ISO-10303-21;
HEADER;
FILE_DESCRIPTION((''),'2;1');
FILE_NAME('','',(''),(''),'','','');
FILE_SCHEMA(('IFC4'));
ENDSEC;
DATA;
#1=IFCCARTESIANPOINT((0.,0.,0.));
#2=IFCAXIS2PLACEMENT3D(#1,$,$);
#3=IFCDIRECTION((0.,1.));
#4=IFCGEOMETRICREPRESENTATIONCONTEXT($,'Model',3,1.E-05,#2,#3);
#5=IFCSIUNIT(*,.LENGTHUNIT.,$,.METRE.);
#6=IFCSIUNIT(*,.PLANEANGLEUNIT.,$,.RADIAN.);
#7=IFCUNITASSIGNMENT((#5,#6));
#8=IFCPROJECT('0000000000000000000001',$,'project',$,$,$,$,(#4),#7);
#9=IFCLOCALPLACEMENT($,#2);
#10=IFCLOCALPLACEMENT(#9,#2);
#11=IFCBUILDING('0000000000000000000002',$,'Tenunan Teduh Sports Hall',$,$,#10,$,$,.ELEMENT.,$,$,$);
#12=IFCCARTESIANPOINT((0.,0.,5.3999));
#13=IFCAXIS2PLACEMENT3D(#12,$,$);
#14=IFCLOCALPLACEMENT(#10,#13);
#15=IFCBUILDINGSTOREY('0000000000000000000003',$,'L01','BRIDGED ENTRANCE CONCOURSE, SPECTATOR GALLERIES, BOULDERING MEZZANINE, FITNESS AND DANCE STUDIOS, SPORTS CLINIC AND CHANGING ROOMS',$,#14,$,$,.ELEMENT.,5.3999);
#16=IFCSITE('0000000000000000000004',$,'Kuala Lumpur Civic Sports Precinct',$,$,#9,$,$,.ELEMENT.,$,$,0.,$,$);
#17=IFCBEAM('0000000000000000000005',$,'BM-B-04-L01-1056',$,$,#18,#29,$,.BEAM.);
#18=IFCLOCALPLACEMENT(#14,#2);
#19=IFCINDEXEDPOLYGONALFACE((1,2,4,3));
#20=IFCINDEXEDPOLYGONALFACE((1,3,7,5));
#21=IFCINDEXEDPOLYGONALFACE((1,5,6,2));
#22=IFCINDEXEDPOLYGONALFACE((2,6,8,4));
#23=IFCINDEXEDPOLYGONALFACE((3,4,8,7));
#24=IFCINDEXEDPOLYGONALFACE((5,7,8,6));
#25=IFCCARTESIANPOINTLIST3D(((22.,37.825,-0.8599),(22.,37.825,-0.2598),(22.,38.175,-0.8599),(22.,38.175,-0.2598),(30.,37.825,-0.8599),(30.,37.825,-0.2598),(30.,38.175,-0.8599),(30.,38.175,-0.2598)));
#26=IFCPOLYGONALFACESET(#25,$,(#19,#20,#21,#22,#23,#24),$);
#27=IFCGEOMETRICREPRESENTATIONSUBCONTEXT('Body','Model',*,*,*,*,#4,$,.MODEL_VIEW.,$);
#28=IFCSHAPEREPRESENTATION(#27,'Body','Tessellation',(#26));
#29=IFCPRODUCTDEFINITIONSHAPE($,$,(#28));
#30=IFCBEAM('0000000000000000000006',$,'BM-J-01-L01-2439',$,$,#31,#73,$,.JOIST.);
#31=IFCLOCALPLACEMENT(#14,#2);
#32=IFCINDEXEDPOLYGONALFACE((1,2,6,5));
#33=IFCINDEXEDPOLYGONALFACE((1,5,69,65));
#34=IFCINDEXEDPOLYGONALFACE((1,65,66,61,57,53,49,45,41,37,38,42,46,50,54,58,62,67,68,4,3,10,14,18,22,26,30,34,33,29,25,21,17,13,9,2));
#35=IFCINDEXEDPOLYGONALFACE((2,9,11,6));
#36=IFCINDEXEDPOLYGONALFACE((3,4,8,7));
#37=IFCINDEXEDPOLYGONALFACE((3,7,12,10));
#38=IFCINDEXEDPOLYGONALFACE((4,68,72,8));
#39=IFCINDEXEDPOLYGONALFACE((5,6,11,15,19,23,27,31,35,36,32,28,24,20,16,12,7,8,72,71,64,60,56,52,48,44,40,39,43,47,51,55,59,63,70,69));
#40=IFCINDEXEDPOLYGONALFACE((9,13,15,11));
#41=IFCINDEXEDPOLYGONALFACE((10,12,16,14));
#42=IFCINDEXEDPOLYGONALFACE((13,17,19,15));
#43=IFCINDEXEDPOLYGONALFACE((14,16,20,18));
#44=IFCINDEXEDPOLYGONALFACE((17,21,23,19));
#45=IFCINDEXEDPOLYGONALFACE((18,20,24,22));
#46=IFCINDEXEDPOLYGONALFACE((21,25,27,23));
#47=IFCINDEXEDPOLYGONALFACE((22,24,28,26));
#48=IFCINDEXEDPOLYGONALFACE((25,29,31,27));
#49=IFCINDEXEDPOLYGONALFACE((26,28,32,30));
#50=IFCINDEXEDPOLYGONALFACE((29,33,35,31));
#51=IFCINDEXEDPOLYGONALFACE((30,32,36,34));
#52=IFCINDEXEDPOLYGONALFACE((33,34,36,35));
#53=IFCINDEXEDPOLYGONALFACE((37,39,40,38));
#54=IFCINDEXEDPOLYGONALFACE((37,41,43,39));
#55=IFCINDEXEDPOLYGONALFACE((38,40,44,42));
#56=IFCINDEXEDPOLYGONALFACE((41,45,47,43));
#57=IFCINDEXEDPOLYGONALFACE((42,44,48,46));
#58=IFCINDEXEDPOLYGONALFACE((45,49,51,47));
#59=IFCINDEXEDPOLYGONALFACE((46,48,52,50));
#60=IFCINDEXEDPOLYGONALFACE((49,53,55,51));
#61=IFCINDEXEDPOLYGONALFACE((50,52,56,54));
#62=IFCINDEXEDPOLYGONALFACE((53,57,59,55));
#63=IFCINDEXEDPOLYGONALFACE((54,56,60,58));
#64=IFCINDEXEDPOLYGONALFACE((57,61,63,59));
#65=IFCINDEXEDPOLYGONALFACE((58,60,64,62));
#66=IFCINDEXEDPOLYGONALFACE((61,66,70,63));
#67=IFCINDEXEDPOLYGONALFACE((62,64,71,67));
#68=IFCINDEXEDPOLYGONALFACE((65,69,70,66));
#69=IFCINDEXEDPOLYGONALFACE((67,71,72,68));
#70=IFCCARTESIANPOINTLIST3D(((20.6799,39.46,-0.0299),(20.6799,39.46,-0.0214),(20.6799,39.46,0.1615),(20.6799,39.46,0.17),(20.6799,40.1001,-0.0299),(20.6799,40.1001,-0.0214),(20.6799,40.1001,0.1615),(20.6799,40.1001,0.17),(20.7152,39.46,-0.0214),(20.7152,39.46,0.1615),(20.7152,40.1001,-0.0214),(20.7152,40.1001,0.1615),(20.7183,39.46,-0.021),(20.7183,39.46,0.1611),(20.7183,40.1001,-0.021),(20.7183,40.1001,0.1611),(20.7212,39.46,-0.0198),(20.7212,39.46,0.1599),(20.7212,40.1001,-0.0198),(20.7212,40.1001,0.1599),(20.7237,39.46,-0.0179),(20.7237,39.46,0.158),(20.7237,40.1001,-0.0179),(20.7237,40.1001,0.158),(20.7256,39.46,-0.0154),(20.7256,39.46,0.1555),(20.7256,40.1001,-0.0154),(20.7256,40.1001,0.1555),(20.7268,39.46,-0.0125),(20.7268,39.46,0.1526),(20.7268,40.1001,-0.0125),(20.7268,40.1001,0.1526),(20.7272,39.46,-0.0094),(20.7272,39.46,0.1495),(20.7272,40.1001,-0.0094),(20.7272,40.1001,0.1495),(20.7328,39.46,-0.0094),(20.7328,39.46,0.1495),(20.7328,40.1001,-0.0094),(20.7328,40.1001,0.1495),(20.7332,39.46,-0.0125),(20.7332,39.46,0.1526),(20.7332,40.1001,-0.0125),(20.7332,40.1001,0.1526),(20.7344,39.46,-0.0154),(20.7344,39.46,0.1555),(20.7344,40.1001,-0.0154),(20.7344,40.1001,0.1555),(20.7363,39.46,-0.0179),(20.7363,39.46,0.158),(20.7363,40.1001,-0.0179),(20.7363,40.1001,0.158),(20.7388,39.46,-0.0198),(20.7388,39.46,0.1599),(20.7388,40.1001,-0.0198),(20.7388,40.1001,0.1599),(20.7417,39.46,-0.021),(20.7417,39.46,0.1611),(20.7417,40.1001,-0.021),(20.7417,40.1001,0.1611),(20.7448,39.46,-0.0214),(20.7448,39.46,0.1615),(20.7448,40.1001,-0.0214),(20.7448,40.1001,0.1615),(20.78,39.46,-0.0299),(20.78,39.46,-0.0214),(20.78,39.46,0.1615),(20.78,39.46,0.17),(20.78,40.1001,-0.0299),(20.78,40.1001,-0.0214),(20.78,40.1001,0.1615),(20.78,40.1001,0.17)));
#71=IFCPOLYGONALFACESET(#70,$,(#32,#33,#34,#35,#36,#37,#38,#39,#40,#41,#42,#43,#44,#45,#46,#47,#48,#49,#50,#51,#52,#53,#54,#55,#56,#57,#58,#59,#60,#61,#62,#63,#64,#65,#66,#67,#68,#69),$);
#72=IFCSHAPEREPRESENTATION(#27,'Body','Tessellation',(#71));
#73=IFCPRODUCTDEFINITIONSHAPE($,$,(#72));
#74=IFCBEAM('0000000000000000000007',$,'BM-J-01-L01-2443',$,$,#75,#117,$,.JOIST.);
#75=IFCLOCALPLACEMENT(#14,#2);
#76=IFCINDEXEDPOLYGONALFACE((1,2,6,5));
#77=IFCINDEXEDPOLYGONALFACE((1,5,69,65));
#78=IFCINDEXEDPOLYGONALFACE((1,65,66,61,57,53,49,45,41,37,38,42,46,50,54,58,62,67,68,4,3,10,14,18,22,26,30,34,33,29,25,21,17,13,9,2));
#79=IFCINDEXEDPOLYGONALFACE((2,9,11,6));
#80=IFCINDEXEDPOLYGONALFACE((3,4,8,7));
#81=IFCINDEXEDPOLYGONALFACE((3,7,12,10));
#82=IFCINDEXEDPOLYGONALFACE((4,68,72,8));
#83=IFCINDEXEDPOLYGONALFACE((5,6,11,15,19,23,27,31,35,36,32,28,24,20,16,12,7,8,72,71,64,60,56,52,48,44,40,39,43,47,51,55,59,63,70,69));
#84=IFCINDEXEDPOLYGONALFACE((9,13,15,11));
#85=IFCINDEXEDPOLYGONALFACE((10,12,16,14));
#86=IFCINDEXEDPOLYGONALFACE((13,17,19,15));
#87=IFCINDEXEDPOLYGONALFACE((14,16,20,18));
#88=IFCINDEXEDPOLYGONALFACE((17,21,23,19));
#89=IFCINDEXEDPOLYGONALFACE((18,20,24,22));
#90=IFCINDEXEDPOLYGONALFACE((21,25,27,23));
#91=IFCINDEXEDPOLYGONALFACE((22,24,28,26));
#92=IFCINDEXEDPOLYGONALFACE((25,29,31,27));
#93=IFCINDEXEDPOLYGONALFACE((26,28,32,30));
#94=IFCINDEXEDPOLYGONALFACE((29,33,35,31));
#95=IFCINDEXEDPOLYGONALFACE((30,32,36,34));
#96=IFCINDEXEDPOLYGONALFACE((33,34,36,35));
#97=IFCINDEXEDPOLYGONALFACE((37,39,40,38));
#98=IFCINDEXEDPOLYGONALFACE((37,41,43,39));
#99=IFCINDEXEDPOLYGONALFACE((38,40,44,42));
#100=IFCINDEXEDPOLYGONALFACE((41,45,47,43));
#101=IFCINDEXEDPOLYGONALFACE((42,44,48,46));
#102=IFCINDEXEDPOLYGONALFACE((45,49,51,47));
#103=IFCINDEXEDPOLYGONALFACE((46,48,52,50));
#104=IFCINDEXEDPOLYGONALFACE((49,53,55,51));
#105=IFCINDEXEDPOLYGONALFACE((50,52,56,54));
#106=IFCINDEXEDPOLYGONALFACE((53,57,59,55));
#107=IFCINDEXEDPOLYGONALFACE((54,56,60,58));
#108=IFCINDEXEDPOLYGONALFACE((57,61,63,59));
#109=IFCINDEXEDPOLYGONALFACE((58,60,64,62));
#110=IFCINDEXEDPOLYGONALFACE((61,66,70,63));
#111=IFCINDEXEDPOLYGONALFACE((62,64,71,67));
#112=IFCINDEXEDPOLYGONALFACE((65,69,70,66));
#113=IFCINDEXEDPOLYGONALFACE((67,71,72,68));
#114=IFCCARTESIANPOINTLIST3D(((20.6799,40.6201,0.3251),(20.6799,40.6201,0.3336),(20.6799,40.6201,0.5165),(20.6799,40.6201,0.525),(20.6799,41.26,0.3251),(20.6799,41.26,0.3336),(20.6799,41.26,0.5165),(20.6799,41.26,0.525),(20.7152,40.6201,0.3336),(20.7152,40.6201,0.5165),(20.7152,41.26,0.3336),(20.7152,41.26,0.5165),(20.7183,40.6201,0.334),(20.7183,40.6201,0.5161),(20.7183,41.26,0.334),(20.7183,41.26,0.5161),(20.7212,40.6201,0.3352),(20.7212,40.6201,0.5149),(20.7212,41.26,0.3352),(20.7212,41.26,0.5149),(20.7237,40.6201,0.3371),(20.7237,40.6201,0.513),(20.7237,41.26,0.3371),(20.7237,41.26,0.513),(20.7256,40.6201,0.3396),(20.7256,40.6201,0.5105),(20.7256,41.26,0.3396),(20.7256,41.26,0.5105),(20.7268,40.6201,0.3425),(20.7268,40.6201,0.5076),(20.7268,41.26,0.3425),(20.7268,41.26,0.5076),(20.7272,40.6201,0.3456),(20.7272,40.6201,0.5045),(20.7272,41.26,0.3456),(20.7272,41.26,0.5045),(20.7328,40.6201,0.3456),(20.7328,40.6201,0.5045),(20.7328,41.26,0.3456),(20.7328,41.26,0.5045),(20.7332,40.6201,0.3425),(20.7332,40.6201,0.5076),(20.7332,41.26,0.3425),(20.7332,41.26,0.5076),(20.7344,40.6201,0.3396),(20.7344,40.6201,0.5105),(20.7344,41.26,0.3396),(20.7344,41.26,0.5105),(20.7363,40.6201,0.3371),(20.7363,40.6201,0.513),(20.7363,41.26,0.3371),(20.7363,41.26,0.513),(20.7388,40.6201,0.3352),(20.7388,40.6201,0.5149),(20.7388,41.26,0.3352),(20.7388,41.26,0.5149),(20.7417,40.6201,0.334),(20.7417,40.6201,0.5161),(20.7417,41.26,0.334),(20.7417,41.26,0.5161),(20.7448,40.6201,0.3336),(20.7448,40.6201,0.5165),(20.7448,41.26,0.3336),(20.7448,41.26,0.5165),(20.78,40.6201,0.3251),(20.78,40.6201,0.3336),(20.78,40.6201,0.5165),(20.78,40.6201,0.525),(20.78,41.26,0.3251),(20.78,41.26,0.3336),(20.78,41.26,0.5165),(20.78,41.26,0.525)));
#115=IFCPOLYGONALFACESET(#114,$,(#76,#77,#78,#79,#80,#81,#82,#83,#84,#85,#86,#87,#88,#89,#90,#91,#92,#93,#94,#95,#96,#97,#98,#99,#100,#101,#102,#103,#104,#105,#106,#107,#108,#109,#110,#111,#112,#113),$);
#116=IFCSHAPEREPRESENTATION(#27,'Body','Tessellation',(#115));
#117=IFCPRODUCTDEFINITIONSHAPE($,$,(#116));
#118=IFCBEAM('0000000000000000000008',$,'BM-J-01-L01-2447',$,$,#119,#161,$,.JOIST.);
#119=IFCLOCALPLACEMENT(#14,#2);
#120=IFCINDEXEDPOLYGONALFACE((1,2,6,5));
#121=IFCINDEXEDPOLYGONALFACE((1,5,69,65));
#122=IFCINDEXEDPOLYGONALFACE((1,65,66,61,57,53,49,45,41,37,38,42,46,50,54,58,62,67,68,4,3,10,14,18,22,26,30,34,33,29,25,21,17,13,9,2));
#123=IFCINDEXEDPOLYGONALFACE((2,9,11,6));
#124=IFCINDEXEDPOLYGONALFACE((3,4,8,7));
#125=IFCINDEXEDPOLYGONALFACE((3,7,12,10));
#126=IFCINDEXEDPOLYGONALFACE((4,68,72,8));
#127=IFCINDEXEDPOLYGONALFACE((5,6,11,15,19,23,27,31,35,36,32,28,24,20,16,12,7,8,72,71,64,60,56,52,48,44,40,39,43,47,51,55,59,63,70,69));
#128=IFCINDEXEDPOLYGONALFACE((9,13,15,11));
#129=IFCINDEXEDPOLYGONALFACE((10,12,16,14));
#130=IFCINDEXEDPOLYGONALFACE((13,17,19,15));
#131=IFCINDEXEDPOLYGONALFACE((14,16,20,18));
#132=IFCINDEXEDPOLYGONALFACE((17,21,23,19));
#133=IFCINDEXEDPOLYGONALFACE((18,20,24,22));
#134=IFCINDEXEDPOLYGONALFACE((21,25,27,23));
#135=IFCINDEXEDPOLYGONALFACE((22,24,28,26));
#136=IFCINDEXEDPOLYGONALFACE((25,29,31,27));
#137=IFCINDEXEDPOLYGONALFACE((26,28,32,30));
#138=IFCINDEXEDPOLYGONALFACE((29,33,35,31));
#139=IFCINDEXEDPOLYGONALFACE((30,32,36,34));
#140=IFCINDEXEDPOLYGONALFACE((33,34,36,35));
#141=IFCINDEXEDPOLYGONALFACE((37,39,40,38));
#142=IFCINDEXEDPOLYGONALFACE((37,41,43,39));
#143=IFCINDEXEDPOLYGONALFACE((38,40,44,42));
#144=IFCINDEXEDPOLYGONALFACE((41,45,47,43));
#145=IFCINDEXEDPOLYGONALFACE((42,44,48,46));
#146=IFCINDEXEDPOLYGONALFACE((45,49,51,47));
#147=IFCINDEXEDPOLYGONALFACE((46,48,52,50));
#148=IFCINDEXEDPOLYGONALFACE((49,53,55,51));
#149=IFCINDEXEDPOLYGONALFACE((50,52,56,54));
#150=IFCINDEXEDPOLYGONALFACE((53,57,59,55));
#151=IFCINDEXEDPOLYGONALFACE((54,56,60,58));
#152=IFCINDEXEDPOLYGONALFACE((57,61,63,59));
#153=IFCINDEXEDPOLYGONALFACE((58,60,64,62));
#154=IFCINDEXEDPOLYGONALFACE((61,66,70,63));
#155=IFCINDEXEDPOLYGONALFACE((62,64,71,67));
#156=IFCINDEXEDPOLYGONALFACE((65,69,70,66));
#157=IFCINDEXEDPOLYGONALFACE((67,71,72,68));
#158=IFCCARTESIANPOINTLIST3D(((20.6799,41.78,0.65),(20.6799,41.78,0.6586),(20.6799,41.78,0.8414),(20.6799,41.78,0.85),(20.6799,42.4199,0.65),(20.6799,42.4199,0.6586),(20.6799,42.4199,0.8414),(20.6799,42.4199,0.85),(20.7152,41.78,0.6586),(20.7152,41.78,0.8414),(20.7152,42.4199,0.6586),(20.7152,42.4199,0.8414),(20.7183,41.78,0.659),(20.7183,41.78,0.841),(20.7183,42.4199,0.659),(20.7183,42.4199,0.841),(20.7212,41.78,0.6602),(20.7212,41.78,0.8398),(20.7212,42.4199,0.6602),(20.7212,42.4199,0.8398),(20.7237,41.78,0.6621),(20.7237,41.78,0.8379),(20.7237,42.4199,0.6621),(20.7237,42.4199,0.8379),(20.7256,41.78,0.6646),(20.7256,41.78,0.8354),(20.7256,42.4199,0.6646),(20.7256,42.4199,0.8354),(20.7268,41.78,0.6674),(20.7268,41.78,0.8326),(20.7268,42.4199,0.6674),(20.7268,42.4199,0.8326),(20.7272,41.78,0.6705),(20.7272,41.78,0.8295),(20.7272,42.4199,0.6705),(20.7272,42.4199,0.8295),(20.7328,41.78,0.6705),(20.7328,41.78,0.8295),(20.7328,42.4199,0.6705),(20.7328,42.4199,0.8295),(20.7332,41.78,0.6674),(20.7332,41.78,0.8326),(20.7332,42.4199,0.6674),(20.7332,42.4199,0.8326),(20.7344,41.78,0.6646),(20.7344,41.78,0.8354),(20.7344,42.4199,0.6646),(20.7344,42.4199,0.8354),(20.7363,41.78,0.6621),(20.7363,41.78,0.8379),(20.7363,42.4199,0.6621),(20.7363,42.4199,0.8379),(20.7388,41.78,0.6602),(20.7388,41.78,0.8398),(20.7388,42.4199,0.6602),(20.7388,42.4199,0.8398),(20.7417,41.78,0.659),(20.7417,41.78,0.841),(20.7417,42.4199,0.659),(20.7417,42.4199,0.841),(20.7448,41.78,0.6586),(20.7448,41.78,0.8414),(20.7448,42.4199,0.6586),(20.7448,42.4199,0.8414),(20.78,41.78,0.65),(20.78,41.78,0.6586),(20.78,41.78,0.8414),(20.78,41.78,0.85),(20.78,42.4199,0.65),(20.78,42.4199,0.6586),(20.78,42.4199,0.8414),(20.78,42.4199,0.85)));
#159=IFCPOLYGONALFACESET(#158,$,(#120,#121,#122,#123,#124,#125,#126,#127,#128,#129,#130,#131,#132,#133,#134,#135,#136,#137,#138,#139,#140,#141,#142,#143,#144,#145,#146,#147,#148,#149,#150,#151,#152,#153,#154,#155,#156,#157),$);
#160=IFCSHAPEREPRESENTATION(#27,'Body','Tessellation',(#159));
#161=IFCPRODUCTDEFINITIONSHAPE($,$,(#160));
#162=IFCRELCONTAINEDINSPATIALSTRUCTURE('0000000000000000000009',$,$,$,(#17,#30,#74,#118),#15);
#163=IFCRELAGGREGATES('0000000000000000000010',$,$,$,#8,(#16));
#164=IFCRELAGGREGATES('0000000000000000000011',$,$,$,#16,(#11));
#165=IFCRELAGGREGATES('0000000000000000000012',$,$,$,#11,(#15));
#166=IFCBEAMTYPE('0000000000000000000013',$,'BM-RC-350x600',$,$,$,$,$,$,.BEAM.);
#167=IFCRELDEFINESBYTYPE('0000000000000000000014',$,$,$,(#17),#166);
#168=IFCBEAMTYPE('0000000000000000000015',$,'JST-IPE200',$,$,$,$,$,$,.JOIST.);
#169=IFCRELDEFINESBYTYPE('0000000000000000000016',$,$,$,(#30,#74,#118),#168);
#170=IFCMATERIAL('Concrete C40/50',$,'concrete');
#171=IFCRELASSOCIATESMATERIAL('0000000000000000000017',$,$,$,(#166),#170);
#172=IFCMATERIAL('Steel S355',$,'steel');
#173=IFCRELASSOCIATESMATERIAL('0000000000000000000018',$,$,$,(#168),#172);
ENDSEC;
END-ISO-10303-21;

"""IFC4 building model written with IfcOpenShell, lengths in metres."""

from ifc_helpers import new_model, si_unit, direction, frame, origin, origin_2d, place, context, subcontext, project, spatial, rectangle, i_section, extrude, material, material_profile, profile_set, type_object, element, save


model = new_model("IFC4")

# Units and contexts
model_context = context("Model", 3, precision=1e-05, world=origin(), true_north=direction((0.0, 1.0)))
body_context = subcontext(model_context, "Body", "Model", "MODEL_VIEW")
ifc_project = project(units=[si_unit("LENGTHUNIT", "METRE"), si_unit("PLANEANGLEUNIT", "RADIAN")], contexts=[model_context])

# Site, building, storey
site_placement = place(None, origin())
site = spatial("IfcSite", under=ifc_project, at=site_placement, Name="Kuala Lumpur Civic Sports Precinct", CompositionType="ELEMENT", RefElevation=0.0)
building_placement = place(site_placement, origin())
building = spatial("IfcBuilding", under=site, at=building_placement, Name="Tenunan Teduh Sports Hall", CompositionType="ELEMENT")
storey_placement = place(building_placement, frame((0.0, 0.0, 5.3999)))
storey = spatial("IfcBuildingStorey", under=building, at=storey_placement, Name="L01", Description="BRIDGED ENTRANCE CONCOURSE, SPECTATOR GALLERIES, BOULDERING MEZZANINE, FITNESS AND DANCE STUDIOS, SPORTS CLINIC AND CHANGING ROOMS", CompositionType="ELEMENT", Elevation=5.3999)

# Beams
ifc_material_1 = material(Name="Concrete C40/50", Category="concrete")
ifc_material_profile_1 = material_profile(ifc_material_1, rectangle(XDim=0.3501, YDim=0.6001, at=origin_2d()), Name="RCB 350x600")
ifc_profile_set_1 = profile_set([ifc_material_profile_1], Name="Concrete C40/50")
beam_type_1 = type_object("IfcBeamType", Name="BM-RC-350x600", PredefinedType="BEAM", material=ifc_profile_set_1)
beam_1_placement = place(storey_placement, frame((22.0, 38.0, -0.5598), z_axis=(1.0, 0.0, 0.0), x_axis=(0.0, 1.0, 0.0)))
element("IfcBeam", 1, at=beam_1_placement, inside=storey, type_object=beam_type_1, Name="BM-B-04-L01-1056", PredefinedType="BEAM", context=body_context, shape_type="SweptSolid", body=[
    extrude(rectangle(XDim=0.3501, YDim=0.6001, at=origin_2d()), origin(), (0.0, 0.0, 1.0), 8.0),
])
ifc_material_2 = material(Name="Steel S355", Category="steel")
ifc_material_profile_2 = material_profile(ifc_material_2, i_section(OverallWidth=0.1001, OverallDepth=0.2, WebThickness=0.0056, FlangeThickness=0.0085, FilletRadius=0.012, at=origin_2d()), Name="IPE 200")
ifc_profile_set_2 = profile_set([ifc_material_profile_2], Name="Steel S355")
beam_type_2 = type_object("IfcBeamType", Name="JST-IPE200", PredefinedType="JOIST", material=ifc_profile_set_2)
beam_2_placement = place(storey_placement, frame((20.73, 39.46, 0.0701), z_axis=(0.0, 1.0, 0.0), x_axis=(-1.0, 0.0, 0.0)))
element("IfcBeam", 2, at=beam_2_placement, inside=storey, type_object=beam_type_2, Name="BM-J-01-L01-2439", PredefinedType="JOIST", context=body_context, shape_type="SweptSolid", body=[
    extrude(i_section(OverallWidth=0.1001, OverallDepth=0.2, WebThickness=0.0056, FlangeThickness=0.0085, FilletRadius=0.012, at=origin_2d()), origin(), (0.0, 0.0, 1.0), 0.6401),
])
for number, where, z_axis, x_axis, name in (
    (3, (20.73, 40.6201, 0.425), (0.0, 1.0, 0.0), (-1.0, 0.0, 0.0), "BM-J-01-L01-2443"),
    (4, (20.73, 41.78, 0.75), (0.0, 1.0, 0.0), (-1.0, 0.0, 0.0), "BM-J-01-L01-2447"),
):
    element("IfcBeam", number, at=place(storey_placement, frame(where, z_axis=z_axis, x_axis=x_axis)), inside=storey, type_object=beam_type_2, Name=name, PredefinedType="JOIST", context=body_context, shape_type="SweptSolid", body=[
        extrude(i_section(OverallWidth=0.1001, OverallDepth=0.2, WebThickness=0.0056, FlangeThickness=0.0085, FilletRadius=0.012, at=origin_2d()), origin(), (0.0, 0.0, 1.0), 0.6399),
    ])

save(model, "model.ifc")
